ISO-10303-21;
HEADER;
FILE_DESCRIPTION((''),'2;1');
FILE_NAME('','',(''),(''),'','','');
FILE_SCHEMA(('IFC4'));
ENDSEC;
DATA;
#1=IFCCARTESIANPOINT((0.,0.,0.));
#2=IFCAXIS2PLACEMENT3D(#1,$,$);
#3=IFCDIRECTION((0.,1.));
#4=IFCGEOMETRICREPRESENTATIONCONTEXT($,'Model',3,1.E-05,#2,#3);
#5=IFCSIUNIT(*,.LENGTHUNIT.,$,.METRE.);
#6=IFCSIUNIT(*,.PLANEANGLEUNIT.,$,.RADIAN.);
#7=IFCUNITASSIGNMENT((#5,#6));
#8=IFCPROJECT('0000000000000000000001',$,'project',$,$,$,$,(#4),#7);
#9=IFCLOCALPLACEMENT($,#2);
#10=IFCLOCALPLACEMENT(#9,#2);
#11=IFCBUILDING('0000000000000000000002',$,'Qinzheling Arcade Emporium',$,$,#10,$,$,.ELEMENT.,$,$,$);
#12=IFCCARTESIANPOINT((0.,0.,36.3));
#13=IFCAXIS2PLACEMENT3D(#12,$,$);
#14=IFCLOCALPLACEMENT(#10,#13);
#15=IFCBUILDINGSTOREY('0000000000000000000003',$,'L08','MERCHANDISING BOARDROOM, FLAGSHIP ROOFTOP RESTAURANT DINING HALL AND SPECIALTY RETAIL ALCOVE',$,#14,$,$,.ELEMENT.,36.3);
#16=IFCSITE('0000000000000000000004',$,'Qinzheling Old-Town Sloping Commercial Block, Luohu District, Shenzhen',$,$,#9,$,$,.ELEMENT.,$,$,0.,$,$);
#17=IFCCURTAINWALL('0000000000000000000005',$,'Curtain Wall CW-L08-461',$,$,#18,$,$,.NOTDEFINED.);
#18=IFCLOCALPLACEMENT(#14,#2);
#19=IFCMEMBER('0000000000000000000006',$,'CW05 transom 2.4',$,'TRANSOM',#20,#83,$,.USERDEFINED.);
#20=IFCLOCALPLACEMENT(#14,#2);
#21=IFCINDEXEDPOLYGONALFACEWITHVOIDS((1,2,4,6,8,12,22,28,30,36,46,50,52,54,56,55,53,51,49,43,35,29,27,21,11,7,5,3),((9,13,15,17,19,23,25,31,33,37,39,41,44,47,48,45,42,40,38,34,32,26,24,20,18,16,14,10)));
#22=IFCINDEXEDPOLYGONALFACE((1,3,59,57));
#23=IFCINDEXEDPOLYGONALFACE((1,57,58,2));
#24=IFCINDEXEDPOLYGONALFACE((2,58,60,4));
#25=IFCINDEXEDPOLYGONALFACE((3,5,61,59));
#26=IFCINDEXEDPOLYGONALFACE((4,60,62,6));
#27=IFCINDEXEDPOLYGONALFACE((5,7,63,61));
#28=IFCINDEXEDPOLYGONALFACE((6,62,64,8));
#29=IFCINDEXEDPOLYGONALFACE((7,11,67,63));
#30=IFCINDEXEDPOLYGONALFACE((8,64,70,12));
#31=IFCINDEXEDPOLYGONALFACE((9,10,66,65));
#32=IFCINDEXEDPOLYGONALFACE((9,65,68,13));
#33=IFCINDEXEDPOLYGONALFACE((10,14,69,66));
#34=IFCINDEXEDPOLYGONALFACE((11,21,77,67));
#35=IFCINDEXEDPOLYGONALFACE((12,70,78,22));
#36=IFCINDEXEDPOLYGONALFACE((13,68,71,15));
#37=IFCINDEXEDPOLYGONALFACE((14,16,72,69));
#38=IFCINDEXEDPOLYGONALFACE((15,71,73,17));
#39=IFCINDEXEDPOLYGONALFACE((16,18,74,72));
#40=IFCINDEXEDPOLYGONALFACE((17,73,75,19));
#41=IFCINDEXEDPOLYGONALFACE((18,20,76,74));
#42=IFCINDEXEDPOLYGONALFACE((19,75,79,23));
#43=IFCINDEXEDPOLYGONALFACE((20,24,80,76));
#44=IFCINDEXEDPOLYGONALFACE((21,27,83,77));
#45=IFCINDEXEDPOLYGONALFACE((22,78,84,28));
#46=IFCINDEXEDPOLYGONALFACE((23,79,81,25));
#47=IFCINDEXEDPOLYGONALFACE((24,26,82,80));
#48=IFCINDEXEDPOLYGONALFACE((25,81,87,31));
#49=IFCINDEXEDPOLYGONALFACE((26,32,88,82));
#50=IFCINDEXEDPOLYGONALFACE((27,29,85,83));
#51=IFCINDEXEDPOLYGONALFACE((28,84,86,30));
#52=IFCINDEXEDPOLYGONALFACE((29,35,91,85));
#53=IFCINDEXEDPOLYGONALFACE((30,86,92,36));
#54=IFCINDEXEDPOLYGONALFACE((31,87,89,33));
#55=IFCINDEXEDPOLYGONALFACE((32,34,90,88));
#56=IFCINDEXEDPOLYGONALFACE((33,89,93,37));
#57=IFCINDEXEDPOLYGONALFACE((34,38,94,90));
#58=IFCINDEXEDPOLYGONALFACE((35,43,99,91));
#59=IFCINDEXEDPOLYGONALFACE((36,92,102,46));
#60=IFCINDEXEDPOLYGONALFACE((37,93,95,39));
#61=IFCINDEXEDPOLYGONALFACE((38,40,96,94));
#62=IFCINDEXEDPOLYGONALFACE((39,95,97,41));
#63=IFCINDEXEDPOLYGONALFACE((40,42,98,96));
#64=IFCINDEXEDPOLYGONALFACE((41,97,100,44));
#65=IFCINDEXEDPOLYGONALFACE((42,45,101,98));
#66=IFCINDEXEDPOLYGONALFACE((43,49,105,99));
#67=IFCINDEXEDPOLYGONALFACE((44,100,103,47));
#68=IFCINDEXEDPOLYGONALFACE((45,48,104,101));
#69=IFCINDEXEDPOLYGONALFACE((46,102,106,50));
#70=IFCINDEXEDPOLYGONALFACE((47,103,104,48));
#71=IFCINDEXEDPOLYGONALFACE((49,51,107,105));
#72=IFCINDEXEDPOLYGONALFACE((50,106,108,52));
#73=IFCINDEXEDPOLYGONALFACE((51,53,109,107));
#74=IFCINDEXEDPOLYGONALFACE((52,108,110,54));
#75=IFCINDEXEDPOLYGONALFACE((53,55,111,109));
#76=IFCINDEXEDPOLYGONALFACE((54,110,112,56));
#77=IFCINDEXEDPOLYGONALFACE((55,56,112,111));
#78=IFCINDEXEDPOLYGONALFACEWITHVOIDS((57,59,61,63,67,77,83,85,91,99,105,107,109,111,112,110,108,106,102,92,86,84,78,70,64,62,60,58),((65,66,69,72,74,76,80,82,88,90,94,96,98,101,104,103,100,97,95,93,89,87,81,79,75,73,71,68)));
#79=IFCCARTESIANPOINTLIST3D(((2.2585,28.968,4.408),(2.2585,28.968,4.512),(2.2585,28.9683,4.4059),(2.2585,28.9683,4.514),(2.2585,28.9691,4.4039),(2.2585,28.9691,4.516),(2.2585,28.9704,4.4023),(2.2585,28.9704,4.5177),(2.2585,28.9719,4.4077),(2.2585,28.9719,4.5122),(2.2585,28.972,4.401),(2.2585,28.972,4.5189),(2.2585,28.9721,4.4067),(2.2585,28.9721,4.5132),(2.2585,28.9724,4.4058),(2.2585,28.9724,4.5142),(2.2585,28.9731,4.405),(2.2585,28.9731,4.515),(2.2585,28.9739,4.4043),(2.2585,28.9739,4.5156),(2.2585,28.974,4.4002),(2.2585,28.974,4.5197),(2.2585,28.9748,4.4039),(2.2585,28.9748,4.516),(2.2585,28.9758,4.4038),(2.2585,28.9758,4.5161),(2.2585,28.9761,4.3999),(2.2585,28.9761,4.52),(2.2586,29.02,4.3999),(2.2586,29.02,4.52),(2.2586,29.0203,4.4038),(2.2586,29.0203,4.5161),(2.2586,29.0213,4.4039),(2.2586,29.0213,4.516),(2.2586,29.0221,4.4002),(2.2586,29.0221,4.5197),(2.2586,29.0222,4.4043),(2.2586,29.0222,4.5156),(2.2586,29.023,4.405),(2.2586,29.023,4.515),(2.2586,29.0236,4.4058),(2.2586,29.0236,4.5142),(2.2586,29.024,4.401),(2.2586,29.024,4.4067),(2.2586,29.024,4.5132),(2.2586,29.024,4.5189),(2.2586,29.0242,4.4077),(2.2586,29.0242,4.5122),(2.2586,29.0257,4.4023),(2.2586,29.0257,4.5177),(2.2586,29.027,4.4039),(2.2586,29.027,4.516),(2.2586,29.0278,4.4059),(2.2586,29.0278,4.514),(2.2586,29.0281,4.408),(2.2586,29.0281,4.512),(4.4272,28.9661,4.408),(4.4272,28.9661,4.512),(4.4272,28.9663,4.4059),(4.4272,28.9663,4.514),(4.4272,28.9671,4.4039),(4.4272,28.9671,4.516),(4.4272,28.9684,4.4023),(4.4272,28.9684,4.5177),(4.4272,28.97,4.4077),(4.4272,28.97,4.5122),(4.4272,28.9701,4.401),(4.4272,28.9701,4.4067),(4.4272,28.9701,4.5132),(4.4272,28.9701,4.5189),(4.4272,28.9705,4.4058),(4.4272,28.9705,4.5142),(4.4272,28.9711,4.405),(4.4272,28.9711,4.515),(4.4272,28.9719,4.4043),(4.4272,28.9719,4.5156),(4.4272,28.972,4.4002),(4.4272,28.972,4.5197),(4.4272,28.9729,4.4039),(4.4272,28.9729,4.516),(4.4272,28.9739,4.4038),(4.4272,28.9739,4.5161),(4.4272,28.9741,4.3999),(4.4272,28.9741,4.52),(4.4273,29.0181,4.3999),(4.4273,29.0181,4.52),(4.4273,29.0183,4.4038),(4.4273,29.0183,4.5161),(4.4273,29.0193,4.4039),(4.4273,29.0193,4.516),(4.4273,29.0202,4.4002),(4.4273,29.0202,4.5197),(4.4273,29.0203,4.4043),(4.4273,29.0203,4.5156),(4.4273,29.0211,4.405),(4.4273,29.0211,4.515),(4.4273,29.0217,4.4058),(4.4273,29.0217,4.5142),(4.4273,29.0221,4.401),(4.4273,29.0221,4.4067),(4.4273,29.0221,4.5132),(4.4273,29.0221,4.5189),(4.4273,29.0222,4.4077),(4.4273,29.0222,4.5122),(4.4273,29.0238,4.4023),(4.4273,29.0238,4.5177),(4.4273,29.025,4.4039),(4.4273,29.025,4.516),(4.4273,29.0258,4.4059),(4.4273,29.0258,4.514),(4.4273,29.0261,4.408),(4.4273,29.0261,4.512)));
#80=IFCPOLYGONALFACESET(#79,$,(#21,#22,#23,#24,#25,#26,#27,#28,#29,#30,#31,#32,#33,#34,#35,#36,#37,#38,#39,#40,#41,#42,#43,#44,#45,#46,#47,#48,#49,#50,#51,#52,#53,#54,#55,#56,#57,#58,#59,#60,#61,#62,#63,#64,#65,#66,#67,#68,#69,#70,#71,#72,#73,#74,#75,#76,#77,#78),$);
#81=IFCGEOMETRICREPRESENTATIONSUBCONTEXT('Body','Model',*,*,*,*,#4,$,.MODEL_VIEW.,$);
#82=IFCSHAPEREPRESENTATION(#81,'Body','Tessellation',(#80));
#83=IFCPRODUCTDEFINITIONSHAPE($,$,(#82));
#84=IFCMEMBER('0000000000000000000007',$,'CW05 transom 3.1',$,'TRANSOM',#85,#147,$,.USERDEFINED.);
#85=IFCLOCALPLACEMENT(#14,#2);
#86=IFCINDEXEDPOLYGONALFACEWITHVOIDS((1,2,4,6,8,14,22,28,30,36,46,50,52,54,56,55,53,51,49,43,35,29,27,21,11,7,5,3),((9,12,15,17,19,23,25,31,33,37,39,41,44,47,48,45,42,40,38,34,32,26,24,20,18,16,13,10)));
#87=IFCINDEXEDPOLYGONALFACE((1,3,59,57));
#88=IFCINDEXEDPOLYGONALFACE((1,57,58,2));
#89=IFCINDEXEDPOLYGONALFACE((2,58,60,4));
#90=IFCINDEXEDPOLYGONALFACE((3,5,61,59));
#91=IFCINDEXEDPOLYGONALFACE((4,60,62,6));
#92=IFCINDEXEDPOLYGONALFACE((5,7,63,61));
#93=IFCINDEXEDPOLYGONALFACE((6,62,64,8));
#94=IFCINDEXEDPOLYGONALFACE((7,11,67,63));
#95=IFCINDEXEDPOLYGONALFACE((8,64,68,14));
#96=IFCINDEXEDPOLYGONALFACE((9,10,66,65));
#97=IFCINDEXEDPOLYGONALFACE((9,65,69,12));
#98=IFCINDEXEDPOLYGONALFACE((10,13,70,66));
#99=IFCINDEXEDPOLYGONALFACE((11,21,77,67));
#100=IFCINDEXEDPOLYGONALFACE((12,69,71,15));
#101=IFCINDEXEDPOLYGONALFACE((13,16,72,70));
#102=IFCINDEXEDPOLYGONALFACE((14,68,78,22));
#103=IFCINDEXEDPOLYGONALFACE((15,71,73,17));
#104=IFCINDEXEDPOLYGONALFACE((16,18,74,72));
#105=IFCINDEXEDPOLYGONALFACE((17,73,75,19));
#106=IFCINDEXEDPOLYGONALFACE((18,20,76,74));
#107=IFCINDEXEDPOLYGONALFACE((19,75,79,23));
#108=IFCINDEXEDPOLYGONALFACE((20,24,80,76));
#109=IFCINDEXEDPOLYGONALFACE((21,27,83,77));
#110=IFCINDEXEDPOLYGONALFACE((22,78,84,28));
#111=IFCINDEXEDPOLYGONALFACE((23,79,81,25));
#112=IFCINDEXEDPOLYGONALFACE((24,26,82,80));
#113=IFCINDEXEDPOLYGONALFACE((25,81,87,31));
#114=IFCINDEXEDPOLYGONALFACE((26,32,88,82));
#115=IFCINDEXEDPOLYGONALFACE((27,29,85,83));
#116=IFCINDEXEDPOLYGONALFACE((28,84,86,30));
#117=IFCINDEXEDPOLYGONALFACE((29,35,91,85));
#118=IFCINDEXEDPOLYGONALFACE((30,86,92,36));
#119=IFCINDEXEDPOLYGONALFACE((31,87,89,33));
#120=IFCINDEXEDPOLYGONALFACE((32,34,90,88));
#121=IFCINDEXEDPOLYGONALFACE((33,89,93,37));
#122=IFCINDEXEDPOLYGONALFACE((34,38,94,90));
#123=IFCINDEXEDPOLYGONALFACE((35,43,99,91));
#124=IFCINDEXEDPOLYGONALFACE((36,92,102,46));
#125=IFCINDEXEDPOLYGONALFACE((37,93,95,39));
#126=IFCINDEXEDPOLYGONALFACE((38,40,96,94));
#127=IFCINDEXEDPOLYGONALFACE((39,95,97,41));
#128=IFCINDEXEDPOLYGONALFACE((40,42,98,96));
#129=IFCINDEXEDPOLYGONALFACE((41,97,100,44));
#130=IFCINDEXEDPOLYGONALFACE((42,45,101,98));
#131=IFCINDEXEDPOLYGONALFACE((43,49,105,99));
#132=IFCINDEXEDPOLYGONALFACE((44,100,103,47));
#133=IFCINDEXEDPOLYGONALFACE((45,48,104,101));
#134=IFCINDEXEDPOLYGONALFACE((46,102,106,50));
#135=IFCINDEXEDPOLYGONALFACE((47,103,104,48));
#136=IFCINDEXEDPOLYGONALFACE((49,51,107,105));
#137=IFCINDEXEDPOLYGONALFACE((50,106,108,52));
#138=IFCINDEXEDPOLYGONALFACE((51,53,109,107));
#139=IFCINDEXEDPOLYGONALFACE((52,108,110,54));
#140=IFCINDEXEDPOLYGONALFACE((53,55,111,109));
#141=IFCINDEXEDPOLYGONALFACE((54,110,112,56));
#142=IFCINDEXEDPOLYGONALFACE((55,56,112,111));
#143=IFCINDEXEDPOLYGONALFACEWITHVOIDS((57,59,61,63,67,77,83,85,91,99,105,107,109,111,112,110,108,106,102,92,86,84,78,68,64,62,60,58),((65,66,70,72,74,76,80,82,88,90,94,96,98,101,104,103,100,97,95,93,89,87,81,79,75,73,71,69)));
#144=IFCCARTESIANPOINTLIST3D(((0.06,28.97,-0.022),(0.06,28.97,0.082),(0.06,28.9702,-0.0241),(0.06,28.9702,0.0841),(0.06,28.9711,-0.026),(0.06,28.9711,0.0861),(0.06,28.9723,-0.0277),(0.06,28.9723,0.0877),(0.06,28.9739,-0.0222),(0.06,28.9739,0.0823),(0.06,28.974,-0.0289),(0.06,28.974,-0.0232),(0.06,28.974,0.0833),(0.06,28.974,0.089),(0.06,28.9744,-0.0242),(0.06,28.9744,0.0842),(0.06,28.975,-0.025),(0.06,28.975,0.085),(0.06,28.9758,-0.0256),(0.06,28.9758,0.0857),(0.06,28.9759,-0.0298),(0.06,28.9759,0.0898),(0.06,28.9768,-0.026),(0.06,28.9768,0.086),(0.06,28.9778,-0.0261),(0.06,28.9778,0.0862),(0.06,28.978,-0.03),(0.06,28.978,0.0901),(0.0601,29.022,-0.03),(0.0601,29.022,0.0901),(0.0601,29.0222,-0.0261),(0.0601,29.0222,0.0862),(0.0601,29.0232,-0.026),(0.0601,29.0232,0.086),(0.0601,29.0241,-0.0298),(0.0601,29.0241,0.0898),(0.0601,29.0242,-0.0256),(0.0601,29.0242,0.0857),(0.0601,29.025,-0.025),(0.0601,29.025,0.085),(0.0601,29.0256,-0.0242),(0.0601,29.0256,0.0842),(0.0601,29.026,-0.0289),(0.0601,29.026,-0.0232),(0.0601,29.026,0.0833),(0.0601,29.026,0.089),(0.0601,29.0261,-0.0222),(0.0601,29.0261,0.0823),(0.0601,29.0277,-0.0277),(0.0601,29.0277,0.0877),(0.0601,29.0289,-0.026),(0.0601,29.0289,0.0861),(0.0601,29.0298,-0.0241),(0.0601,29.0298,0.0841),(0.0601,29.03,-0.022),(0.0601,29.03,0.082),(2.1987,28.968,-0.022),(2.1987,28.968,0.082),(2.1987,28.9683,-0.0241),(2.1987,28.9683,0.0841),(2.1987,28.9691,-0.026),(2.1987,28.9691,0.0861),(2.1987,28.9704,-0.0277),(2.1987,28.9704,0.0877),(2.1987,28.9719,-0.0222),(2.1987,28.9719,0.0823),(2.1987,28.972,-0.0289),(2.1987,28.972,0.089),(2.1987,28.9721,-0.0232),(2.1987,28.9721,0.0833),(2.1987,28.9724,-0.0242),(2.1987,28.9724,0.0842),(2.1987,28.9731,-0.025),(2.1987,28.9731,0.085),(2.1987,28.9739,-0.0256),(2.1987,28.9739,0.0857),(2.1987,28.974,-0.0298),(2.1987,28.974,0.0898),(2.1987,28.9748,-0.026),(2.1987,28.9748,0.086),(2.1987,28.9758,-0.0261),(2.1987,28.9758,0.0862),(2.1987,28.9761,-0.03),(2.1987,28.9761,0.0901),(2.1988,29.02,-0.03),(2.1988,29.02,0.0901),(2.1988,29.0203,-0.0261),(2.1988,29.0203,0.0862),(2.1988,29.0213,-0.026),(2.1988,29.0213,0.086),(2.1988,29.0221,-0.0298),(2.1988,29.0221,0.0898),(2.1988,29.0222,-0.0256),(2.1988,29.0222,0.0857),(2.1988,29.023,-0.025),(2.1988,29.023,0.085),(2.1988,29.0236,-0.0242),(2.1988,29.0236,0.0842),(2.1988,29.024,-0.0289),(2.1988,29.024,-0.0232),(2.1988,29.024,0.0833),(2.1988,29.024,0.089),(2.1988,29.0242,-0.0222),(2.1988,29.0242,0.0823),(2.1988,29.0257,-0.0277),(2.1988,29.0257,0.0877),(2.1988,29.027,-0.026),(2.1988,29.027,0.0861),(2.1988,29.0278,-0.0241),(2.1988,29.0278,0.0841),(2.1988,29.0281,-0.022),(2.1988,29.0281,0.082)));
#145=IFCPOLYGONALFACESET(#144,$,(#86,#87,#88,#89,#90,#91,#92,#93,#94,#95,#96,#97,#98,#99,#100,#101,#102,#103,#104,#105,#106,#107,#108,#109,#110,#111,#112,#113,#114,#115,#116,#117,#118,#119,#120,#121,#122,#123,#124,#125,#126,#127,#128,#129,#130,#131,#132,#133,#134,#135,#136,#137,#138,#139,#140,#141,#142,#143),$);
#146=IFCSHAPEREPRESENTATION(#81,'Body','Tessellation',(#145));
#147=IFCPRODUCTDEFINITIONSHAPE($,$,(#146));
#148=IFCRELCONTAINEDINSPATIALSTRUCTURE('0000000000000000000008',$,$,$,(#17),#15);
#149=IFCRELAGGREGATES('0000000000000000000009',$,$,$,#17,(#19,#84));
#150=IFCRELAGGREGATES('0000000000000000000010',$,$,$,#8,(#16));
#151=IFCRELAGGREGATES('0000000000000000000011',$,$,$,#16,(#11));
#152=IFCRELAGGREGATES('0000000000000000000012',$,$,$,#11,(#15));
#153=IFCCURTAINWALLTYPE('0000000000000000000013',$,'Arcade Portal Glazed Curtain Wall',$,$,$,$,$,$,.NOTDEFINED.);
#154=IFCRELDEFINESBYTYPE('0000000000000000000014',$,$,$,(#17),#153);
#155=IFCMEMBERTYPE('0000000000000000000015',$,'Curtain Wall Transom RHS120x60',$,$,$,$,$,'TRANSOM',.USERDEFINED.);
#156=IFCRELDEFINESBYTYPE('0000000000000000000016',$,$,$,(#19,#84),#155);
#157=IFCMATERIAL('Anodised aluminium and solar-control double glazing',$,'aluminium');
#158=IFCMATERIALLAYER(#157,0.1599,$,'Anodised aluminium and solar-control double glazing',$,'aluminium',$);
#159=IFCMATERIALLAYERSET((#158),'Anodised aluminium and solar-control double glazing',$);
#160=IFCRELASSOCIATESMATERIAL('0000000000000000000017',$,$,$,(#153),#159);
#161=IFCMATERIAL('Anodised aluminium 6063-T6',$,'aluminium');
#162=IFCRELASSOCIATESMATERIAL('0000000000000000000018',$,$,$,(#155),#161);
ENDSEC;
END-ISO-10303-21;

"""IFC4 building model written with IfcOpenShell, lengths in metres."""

from ifc_helpers import new_model, si_unit, direction, frame, origin, origin_2d, place, context, subcontext, project, spatial, hollow_rectangle, extrude, material, layer, layer_set, material_profile, profile_set, type_object, element, aggregate, save


model = new_model("IFC4")

# Units and contexts
model_context = context("Model", 3, precision=1e-05, world=origin(), true_north=direction((0.0, 1.0)))
body_context = subcontext(model_context, "Body", "Model", "MODEL_VIEW")
ifc_project = project(units=[si_unit("LENGTHUNIT", "METRE"), si_unit("PLANEANGLEUNIT", "RADIAN")], contexts=[model_context])

# Site, building, storey
site_placement = place(None, origin())
site = spatial("IfcSite", under=ifc_project, at=site_placement, Name="Qinzheling Old-Town Sloping Commercial Block, Luohu District, Shenzhen", CompositionType="ELEMENT", RefElevation=0.0)
building_placement = place(site_placement, origin())
building = spatial("IfcBuilding", under=site, at=building_placement, Name="Qinzheling Arcade Emporium", CompositionType="ELEMENT")
storey_placement = place(building_placement, frame((0.0, 0.0, 36.3)))
storey = spatial("IfcBuildingStorey", under=building, at=storey_placement, Name="L08", Description="MERCHANDISING BOARDROOM, FLAGSHIP ROOFTOP RESTAURANT DINING HALL AND SPECIALTY RETAIL ALCOVE", CompositionType="ELEMENT", Elevation=36.3)

# Curtain wall, members
ifc_material_1 = material(Name="Anodised aluminium and solar-control double glazing", Category="aluminium")
ifc_layer_1 = layer(ifc_material_1, 0.1599, Name="Anodised aluminium and solar-control double glazing", Category="aluminium")
ifc_layer_set_1 = layer_set([ifc_layer_1], Name="Anodised aluminium and solar-control double glazing")
curtain_wall_type = type_object("IfcCurtainWallType", Name="Arcade Portal Glazed Curtain Wall", PredefinedType="NOTDEFINED", material=ifc_layer_set_1)
ifc_material_2 = material(Name="Anodised aluminium 6063-T6", Category="aluminium")
curtain_wall_1_placement = place(storey_placement, origin())
curtain_wall_1 = element("IfcCurtainWall", 1, at=curtain_wall_1_placement, inside=storey, type_object=curtain_wall_type, Name="Curtain Wall CW-L08-461", PredefinedType="NOTDEFINED")
ifc_material_profile_1 = material_profile(ifc_material_2, hollow_rectangle(XDim=0.0601, YDim=0.1201, WallThickness=0.0039, InnerFilletRadius=0.0039, OuterFilletRadius=0.0081, at=origin_2d()), Name="RHS 120x60x4", Category="aluminium")
ifc_profile_set_1 = profile_set([ifc_material_profile_1], Name="Anodised aluminium 6063-T6")
member_type_1 = type_object("IfcMemberType", Name="Curtain Wall Transom RHS120x60", ElementType="TRANSOM", PredefinedType="USERDEFINED", material=ifc_profile_set_1)
member_1_placement = place(storey_placement, frame((4.4272, 28.9961, 4.46), z_axis=(-1.0, 0.000901, 0.0), x_axis=(-0.000901, -1.0, 0.0)))
member_1 = element("IfcMember", 2, at=member_1_placement, type_object=member_type_1, Name="CW05 transom 2.4", ObjectType="TRANSOM", PredefinedType="USERDEFINED", context=body_context, shape_type="SweptSolid", body=[
    extrude(hollow_rectangle(XDim=0.0601, YDim=0.1201, WallThickness=0.0039, InnerFilletRadius=0.0039, OuterFilletRadius=0.0081, at=origin_2d()), origin(), (0.0, 0.0, 1.0), 2.1687),
])
member_2_placement = place(storey_placement, frame((2.1987, 28.998, 0.03), z_axis=(-1.0, 0.000913, 0.0), x_axis=(-0.000913, -1.0, 0.0)))
member_2 = element("IfcMember", 3, at=member_2_placement, type_object=member_type_1, Name="CW05 transom 3.1", ObjectType="TRANSOM", PredefinedType="USERDEFINED", context=body_context, shape_type="SweptSolid", body=[
    extrude(hollow_rectangle(XDim=0.0601, YDim=0.1201, WallThickness=0.0039, InnerFilletRadius=0.0039, OuterFilletRadius=0.0081, at=origin_2d()), origin(), (0.0, 0.0, 1.0), 2.1387),
])

aggregate(curtain_wall_1, [member_1, member_2])

save(model, "model.ifc")
